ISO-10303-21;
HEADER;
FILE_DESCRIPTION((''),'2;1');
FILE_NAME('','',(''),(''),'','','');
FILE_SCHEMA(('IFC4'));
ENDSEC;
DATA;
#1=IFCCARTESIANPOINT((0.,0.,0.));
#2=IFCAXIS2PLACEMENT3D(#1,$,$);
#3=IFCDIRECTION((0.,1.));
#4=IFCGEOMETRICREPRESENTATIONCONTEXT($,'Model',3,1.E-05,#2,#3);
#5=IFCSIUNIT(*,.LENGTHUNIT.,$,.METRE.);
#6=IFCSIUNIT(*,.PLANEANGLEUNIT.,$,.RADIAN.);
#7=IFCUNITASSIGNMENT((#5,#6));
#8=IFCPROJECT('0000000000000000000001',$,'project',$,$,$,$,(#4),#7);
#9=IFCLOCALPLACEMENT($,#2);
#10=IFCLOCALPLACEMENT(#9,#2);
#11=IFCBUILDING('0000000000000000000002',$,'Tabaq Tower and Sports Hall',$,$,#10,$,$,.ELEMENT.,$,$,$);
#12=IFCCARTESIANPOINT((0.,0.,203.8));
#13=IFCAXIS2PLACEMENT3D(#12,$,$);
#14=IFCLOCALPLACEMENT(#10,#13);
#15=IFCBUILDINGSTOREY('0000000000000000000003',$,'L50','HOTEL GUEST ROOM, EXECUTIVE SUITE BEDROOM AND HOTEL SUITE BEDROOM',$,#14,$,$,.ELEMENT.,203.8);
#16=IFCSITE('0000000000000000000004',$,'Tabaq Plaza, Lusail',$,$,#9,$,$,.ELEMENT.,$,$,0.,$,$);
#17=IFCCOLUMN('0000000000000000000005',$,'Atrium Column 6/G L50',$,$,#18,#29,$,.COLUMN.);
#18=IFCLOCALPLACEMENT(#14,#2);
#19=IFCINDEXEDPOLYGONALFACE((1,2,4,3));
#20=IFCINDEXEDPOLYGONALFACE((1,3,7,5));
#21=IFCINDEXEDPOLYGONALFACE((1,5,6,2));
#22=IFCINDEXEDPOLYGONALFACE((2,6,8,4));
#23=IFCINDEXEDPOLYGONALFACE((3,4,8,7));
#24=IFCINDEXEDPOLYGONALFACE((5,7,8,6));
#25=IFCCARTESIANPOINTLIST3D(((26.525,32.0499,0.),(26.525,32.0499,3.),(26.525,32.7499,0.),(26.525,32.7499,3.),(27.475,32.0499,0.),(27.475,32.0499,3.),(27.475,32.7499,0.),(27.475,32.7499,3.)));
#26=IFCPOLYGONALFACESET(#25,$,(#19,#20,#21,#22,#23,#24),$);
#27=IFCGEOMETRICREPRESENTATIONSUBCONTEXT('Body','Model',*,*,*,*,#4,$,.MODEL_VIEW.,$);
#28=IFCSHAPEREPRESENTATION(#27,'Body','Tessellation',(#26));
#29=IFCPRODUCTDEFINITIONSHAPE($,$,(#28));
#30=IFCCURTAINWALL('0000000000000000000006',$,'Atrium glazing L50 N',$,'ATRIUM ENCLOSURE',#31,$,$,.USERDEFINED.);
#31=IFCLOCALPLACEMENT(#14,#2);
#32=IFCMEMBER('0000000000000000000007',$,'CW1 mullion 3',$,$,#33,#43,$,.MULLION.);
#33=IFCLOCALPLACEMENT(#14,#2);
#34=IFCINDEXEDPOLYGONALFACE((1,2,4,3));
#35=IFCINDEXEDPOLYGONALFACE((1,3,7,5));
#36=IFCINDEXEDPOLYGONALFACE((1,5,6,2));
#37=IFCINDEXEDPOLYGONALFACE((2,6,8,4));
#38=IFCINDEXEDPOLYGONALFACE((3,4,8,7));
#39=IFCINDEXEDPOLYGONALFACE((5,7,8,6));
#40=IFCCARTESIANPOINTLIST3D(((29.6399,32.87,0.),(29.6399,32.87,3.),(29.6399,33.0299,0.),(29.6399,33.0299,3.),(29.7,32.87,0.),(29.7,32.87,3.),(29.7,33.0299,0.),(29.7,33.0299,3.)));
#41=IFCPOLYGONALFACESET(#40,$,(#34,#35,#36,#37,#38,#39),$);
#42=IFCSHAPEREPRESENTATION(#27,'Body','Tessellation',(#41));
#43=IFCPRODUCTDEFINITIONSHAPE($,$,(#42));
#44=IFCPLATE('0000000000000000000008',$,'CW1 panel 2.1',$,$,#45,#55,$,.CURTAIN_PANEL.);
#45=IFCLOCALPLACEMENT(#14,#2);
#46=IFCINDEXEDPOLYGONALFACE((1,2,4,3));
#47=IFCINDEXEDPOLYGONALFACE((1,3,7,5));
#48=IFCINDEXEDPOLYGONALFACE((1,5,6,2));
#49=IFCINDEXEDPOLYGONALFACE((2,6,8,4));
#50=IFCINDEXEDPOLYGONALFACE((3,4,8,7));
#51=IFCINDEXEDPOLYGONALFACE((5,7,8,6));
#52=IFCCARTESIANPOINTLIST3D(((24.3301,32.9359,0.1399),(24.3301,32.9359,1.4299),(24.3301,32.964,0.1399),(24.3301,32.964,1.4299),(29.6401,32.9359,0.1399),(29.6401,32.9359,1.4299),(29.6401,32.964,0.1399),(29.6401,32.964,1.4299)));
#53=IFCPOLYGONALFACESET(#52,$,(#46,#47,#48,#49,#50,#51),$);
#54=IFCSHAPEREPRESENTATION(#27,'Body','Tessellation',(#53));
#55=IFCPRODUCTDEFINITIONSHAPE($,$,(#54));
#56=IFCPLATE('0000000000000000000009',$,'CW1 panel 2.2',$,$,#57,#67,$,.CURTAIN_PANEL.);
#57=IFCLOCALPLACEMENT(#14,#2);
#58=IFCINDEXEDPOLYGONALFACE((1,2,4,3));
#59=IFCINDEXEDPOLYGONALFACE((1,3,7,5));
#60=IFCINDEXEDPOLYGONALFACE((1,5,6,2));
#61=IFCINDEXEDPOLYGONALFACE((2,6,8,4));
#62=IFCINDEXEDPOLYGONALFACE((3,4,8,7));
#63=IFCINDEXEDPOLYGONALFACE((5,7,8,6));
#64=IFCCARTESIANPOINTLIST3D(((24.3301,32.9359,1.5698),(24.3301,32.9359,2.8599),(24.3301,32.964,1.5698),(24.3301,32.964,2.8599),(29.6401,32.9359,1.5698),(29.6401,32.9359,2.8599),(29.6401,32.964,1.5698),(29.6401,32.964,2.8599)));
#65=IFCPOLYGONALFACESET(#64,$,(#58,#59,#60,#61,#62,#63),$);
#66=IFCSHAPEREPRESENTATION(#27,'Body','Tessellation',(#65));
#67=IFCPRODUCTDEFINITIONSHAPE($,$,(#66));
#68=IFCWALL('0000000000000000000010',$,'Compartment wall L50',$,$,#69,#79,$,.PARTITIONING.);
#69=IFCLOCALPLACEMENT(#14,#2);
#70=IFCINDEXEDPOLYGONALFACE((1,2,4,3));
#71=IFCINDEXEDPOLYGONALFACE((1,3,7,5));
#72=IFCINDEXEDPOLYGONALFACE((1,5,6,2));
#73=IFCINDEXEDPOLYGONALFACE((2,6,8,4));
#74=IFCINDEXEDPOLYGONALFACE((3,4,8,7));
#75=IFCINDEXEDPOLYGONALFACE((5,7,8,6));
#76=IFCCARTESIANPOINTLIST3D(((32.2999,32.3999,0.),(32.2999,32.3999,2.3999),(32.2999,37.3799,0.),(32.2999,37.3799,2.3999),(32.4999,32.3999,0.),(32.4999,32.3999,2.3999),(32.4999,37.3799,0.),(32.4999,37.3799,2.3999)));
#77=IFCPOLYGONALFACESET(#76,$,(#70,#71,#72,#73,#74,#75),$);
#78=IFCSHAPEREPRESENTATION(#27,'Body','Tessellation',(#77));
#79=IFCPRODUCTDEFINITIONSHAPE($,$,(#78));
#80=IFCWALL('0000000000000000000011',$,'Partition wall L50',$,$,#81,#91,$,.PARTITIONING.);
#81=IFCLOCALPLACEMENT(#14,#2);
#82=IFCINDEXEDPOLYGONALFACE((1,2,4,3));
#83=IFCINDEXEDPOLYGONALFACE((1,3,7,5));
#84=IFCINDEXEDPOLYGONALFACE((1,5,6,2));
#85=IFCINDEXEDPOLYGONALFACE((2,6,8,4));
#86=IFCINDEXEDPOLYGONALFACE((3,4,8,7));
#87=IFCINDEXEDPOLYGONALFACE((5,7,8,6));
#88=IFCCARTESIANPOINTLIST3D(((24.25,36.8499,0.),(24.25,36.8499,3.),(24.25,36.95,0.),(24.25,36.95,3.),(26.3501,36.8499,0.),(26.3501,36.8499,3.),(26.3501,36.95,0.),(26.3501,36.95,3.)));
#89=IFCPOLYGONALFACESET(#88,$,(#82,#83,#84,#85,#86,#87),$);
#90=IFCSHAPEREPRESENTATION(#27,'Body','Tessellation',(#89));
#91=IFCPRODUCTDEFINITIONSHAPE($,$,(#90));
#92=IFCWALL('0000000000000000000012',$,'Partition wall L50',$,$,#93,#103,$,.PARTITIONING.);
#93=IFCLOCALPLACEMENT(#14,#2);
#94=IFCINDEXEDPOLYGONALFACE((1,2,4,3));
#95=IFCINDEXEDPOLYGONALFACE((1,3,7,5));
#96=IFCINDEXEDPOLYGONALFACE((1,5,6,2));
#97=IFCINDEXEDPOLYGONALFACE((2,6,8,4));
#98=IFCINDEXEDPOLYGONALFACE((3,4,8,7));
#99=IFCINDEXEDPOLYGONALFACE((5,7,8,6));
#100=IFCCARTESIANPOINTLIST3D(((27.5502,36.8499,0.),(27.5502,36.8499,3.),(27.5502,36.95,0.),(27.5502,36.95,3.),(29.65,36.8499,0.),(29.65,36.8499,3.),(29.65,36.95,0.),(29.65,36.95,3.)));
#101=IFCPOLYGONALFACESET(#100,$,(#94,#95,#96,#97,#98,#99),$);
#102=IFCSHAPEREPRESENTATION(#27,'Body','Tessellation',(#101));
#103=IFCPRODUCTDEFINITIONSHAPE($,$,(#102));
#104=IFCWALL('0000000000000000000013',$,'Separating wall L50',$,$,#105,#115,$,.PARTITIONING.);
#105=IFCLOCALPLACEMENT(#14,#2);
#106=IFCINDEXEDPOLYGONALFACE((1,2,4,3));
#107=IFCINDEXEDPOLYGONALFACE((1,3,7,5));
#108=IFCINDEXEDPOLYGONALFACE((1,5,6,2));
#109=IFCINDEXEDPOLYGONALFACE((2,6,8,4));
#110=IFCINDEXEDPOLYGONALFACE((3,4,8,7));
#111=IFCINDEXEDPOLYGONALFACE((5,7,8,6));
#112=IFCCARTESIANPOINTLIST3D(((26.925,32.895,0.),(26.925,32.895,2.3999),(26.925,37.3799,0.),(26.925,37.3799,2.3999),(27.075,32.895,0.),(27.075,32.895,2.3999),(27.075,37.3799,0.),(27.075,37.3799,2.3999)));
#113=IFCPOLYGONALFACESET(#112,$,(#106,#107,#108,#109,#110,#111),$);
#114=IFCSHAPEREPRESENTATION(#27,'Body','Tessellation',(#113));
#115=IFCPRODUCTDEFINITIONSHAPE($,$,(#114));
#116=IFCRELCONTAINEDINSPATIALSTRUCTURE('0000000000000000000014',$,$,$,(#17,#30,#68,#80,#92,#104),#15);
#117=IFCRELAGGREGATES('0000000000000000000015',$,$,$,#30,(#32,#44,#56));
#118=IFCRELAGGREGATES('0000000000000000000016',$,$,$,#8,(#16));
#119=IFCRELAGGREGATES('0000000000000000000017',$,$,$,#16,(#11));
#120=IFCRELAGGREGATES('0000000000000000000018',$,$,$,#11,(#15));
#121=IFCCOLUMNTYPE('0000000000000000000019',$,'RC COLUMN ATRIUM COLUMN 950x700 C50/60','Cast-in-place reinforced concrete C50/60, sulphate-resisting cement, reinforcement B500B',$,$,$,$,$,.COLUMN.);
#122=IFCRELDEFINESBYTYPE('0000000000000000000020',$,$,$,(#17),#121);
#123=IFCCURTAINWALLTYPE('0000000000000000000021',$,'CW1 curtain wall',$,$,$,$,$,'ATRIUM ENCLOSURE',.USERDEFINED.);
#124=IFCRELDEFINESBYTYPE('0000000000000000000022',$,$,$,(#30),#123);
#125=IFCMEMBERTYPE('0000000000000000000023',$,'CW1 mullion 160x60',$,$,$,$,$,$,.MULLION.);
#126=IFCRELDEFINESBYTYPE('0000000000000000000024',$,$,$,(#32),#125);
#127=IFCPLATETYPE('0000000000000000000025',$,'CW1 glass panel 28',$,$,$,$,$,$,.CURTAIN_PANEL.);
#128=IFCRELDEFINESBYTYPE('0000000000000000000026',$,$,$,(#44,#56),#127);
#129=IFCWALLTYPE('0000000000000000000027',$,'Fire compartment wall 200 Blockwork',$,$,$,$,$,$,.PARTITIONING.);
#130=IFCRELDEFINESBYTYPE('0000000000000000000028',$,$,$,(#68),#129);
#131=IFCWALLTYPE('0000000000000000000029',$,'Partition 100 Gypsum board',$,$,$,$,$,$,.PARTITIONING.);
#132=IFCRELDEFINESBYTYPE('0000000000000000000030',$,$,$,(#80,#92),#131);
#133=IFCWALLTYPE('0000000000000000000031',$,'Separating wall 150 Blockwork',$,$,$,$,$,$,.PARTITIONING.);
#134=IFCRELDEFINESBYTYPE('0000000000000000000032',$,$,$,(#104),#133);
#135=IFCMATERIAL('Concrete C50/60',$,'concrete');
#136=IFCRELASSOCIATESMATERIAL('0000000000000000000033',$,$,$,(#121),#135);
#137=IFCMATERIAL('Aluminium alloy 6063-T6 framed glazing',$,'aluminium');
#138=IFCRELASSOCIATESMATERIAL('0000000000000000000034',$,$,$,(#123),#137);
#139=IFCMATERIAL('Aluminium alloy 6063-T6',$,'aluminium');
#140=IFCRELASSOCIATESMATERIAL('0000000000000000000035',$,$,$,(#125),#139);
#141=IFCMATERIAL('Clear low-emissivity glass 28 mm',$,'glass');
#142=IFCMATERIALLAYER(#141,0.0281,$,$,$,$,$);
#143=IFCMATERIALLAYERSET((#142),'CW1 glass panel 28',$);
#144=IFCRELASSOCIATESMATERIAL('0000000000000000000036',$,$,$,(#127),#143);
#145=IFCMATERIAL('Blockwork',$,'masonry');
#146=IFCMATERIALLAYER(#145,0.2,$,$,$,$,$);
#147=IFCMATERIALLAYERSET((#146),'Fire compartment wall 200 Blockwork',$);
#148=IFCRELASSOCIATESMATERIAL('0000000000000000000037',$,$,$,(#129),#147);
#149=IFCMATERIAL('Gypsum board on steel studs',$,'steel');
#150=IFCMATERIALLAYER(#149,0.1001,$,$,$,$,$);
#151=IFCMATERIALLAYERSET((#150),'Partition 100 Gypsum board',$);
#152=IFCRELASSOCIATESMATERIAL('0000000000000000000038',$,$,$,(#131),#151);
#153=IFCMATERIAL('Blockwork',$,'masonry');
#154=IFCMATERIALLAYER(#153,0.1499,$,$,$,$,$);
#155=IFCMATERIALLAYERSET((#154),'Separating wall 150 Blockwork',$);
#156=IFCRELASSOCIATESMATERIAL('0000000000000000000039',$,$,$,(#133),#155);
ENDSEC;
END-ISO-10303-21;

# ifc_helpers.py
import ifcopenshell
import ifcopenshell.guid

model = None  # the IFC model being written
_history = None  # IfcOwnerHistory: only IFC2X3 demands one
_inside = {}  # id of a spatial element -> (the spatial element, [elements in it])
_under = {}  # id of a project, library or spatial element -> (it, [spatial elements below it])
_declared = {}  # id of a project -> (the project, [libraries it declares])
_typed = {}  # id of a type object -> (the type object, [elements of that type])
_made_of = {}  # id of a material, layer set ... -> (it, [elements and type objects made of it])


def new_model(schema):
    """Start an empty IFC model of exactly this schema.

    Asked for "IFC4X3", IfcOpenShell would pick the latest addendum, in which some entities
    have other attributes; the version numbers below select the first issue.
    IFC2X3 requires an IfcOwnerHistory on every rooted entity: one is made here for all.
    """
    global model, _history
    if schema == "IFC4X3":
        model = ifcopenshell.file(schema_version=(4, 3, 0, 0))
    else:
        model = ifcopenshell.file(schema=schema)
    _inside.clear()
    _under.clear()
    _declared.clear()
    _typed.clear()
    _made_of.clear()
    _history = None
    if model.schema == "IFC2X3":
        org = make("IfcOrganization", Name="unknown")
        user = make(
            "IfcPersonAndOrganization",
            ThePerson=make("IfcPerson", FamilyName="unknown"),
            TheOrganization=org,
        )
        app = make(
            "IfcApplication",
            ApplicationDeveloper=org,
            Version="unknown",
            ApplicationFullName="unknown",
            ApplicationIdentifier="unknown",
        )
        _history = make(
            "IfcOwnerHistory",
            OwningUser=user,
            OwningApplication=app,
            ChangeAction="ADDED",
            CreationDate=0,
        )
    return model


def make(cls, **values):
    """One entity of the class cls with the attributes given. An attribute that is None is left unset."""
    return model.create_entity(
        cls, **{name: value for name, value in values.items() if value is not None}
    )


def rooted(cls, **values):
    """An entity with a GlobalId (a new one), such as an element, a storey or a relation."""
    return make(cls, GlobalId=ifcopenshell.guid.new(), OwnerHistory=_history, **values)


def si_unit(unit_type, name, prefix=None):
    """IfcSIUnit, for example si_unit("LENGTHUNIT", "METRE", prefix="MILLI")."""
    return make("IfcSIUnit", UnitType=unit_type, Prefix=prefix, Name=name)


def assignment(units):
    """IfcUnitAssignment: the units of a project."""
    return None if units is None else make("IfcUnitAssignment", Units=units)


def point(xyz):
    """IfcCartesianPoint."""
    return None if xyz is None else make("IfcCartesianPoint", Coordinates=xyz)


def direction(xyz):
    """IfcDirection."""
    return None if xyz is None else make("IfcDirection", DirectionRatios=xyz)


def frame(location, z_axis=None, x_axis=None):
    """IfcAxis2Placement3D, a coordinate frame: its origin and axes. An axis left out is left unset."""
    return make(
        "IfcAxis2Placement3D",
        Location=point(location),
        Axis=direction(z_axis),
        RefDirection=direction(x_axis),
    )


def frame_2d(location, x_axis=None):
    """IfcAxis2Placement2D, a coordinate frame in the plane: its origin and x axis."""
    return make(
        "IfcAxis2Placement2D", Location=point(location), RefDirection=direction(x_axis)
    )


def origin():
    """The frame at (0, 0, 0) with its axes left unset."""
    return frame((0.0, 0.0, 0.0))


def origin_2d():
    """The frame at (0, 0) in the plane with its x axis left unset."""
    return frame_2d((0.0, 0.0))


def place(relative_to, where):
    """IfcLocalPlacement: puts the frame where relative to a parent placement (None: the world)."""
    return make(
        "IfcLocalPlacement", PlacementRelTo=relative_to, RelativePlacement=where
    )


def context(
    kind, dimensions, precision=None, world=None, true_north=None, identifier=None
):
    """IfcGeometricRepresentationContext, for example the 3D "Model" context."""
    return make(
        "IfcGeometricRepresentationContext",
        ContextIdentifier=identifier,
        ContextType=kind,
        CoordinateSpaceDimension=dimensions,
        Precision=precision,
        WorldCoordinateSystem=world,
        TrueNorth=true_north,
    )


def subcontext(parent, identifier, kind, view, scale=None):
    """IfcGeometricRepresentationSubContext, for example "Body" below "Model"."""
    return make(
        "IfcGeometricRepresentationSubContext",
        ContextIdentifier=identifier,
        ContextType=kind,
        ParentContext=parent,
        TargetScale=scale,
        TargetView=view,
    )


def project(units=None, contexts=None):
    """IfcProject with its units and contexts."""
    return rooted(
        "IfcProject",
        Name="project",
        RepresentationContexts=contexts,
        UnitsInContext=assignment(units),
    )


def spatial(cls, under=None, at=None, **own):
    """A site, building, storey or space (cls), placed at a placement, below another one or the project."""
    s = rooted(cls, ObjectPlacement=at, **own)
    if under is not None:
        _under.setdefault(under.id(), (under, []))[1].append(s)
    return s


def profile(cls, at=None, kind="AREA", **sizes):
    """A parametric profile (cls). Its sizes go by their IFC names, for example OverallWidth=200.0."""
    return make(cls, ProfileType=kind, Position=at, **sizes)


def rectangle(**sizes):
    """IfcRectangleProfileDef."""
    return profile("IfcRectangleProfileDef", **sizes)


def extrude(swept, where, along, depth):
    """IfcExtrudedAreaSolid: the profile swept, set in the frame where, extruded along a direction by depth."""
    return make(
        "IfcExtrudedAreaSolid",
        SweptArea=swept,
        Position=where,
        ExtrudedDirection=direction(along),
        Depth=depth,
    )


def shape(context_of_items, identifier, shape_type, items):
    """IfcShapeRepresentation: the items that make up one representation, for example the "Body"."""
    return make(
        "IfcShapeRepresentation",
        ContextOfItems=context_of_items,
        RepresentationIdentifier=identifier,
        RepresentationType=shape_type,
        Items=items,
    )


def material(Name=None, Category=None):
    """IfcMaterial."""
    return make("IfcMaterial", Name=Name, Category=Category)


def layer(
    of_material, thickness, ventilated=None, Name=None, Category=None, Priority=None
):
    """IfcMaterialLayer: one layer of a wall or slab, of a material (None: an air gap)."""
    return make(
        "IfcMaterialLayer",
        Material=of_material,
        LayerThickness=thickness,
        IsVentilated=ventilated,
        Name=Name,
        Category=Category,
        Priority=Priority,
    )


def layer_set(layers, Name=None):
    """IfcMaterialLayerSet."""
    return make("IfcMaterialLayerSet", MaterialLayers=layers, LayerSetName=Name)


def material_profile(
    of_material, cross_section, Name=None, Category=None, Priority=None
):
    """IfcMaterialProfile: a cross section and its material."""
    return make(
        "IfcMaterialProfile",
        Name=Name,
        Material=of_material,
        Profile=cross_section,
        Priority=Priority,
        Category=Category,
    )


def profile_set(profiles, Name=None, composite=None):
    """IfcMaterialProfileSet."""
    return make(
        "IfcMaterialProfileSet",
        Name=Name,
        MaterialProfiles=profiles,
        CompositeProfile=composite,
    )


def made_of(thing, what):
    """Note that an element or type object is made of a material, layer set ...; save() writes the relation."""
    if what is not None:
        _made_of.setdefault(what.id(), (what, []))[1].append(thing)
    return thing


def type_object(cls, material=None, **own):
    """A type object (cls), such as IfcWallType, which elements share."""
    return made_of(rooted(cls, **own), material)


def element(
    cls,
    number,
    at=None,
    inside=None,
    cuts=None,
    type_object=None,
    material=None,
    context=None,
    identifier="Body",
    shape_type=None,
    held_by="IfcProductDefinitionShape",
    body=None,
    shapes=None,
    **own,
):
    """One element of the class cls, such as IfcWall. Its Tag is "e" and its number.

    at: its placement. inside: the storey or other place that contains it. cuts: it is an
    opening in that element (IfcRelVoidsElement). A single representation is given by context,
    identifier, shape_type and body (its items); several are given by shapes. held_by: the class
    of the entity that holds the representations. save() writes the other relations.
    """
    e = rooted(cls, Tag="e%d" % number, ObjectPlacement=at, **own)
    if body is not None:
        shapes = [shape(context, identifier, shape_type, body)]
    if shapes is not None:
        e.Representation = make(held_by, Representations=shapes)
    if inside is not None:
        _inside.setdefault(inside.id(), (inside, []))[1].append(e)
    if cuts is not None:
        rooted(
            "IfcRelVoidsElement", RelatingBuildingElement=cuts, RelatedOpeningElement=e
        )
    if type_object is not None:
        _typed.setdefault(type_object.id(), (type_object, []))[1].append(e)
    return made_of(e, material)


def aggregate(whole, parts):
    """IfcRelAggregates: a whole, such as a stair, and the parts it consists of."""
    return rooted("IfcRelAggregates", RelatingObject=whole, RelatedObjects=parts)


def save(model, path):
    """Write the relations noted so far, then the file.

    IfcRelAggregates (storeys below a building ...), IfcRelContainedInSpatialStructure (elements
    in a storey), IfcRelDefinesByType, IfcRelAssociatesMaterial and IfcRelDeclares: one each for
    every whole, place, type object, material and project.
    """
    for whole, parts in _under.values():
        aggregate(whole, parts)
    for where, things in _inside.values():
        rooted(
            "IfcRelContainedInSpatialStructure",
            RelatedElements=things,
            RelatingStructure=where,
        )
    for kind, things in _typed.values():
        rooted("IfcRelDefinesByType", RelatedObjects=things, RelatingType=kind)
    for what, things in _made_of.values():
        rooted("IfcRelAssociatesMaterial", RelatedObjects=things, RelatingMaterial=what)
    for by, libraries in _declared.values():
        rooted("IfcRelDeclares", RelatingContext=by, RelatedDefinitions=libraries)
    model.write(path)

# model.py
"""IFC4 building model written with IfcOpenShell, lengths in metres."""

from ifc_helpers import new_model, si_unit, direction, frame, frame_2d, origin, origin_2d, place, context, subcontext, project, spatial, rectangle, extrude, material, layer, layer_set, material_profile, profile_set, type_object, element, aggregate, save


model = new_model("IFC4")

# Units and contexts
model_context = context("Model", 3, precision=1e-05, world=origin(), true_north=direction((0.0, 1.0)))
body_context = subcontext(model_context, "Body", "Model", "MODEL_VIEW")
ifc_project = project(units=[si_unit("LENGTHUNIT", "METRE"), si_unit("PLANEANGLEUNIT", "RADIAN")], contexts=[model_context])

# Site, building, storey
site_placement = place(None, origin())
site = spatial("IfcSite", under=ifc_project, at=site_placement, Name="Tabaq Plaza, Lusail", CompositionType="ELEMENT", RefElevation=0.0)
building_placement = place(site_placement, origin())
building = spatial("IfcBuilding", under=site, at=building_placement, Name="Tabaq Tower and Sports Hall", CompositionType="ELEMENT")
storey_placement = place(building_placement, frame((0.0, 0.0, 203.8)))
storey = spatial("IfcBuildingStorey", under=building, at=storey_placement, Name="L50", Description="HOTEL GUEST ROOM, EXECUTIVE SUITE BEDROOM AND HOTEL SUITE BEDROOM", CompositionType="ELEMENT", Elevation=203.8)

# Column
ifc_material_1 = material(Name="Concrete C50/60", Category="concrete")
ifc_material_profile_1 = material_profile(ifc_material_1, rectangle(XDim=0.95, YDim=0.7, at=origin_2d()), Name="ATRIUM COLUMN 950x700")
ifc_profile_set_1 = profile_set([ifc_material_profile_1], Name="Concrete C50/60")
column_type = type_object("IfcColumnType", Name="RC COLUMN ATRIUM COLUMN 950x700 C50/60", Description="Cast-in-place reinforced concrete C50/60, sulphate-resisting cement, reinforcement B500B", PredefinedType="COLUMN", material=ifc_profile_set_1)
column_placement = place(storey_placement, frame((27.0, 32.3999, 0.0), z_axis=(0.0, 0.0, 1.0), x_axis=(1.0, 0.0, 0.0)))
element("IfcColumn", 1, at=column_placement, inside=storey, type_object=column_type, Name="Atrium Column 6/G L50", PredefinedType="COLUMN", context=body_context, shape_type="SweptSolid", body=[
    extrude(rectangle(XDim=0.95, YDim=0.7, at=origin_2d()), origin(), (0.0, 0.0, 1.0), 3.0),
])

# Curtain wall, member, plates
ifc_material_2 = material(Name="Aluminium alloy 6063-T6 framed glazing", Category="aluminium")
curtain_wall_type = type_object("IfcCurtainWallType", Name="CW1 curtain wall", ElementType="ATRIUM ENCLOSURE", PredefinedType="USERDEFINED", material=ifc_material_2)
curtain_wall_placement = place(storey_placement, origin())
curtain_wall = element("IfcCurtainWall", 2, at=curtain_wall_placement, inside=storey, type_object=curtain_wall_type, Name="Atrium glazing L50 N", ObjectType="ATRIUM ENCLOSURE", PredefinedType="USERDEFINED")
ifc_material_3 = material(Name="Aluminium alloy 6063-T6", Category="aluminium")
ifc_material_profile_2 = material_profile(ifc_material_3, rectangle(XDim=0.1599, YDim=0.0601, at=origin_2d()), Name="MULLION 160x60")
ifc_profile_set_2 = profile_set([ifc_material_profile_2], Name="Aluminium alloy 6063-T6")
member_type = type_object("IfcMemberType", Name="CW1 mullion 160x60", PredefinedType="MULLION", material=ifc_profile_set_2)
member_placement = place(storey_placement, frame((29.6699, 32.95, 0.0), z_axis=(0.0, 0.0, 1.0), x_axis=(0.0, 1.0, 0.0)))
member = element("IfcMember", 3, at=member_placement, type_object=member_type, Name="CW1 mullion 3", PredefinedType="MULLION", context=body_context, shape_type="SweptSolid", body=[
    extrude(rectangle(XDim=0.1599, YDim=0.0601, at=origin_2d()), origin(), (0.0, 0.0, 1.0), 3.0),
])
ifc_material_4 = material(Name="Clear low-emissivity glass 28 mm", Category="glass")
ifc_layer_1 = layer(ifc_material_4, 0.0281)
ifc_layer_set_1 = layer_set([ifc_layer_1], Name="CW1 glass panel 28")
plate_type = type_object("IfcPlateType", Name="CW1 glass panel 28", PredefinedType="CURTAIN_PANEL", material=ifc_layer_set_1)
plate_1_placement = place(storey_placement, frame((26.9851, 32.95, 0.1399), z_axis=(0.0, 0.0, 1.0), x_axis=(1.0, 0.0, 0.0)))
plate_1 = element("IfcPlate", 4, at=plate_1_placement, type_object=plate_type, Name="CW1 panel 2.1", PredefinedType="CURTAIN_PANEL", context=body_context, shape_type="SweptSolid", body=[
    extrude(rectangle(XDim=5.3101, YDim=0.0281, at=origin_2d()), origin(), (0.0, 0.0, 1.0), 1.29),
])
plate_2_placement = place(storey_placement, frame((26.9851, 32.95, 1.5698), z_axis=(0.0, 0.0, 1.0), x_axis=(1.0, 0.0, 0.0)))
plate_2 = element("IfcPlate", 5, at=plate_2_placement, type_object=plate_type, Name="CW1 panel 2.2", PredefinedType="CURTAIN_PANEL", context=body_context, shape_type="SweptSolid", body=[
    extrude(rectangle(XDim=5.3101, YDim=0.0281, at=origin_2d()), origin(), (0.0, 0.0, 1.0), 1.29),
])
aggregate(curtain_wall, [member, plate_1, plate_2])

# Walls
ifc_material_5 = material(Name="Blockwork", Category="masonry")
ifc_layer_2 = layer(ifc_material_5, 0.2)
ifc_layer_set_2 = layer_set([ifc_layer_2], Name="Fire compartment wall 200 Blockwork")
wall_type_1 = type_object("IfcWallType", Name="Fire compartment wall 200 Blockwork", PredefinedType="PARTITIONING", material=ifc_layer_set_2)
wall_1_placement = place(storey_placement, frame((32.3999, 32.3999, 0.0), z_axis=(0.0, 0.0, 1.0), x_axis=(0.0, 1.0, 0.0)))
element("IfcWall", 6, at=wall_1_placement, inside=storey, type_object=wall_type_1, Name="Compartment wall L50", PredefinedType="PARTITIONING", context=body_context, shape_type="SweptSolid", body=[
    extrude(rectangle(XDim=4.98, YDim=0.2, at=frame_2d((2.49, 0.0))), origin(), (0.0, 0.0, 1.0), 2.3999),
])
ifc_material_6 = material(Name="Gypsum board on steel studs", Category="steel")
ifc_layer_3 = layer(ifc_material_6, 0.1001)
ifc_layer_set_3 = layer_set([ifc_layer_3], Name="Partition 100 Gypsum board")
wall_type_2 = type_object("IfcWallType", Name="Partition 100 Gypsum board", PredefinedType="PARTITIONING", material=ifc_layer_set_3)
wall_2_placement = place(storey_placement, frame((26.3501, 36.8999, 0.0), z_axis=(0.0, 0.0, 1.0), x_axis=(-1.0, 0.0, 0.0)))
element("IfcWall", 7, at=wall_2_placement, inside=storey, type_object=wall_type_2, Name="Partition wall L50", PredefinedType="PARTITIONING", context=body_context, shape_type="SweptSolid", body=[
    extrude(rectangle(XDim=2.1001, YDim=0.1001, at=frame_2d((1.05, 0.0))), origin(), (0.0, 0.0, 1.0), 3.0),
])
wall_3_placement = place(storey_placement, frame((29.6499, 36.8999, 0.0), z_axis=(0.0, 0.0, 1.0), x_axis=(-1.0, 0.0, 0.0)))
element("IfcWall", 8, at=wall_3_placement, inside=storey, type_object=wall_type_2, Name="Partition wall L50", PredefinedType="PARTITIONING", context=body_context, shape_type="SweptSolid", body=[
    extrude(rectangle(XDim=2.0999, YDim=0.1001, at=frame_2d((1.0498, 0.0))), origin(), (0.0, 0.0, 1.0), 3.0),
])
ifc_material_7 = material(Name="Blockwork", Category="masonry")
ifc_layer_4 = layer(ifc_material_7, 0.1499)
ifc_layer_set_4 = layer_set([ifc_layer_4], Name="Separating wall 150 Blockwork")
wall_type_3 = type_object("IfcWallType", Name="Separating wall 150 Blockwork", PredefinedType="PARTITIONING", material=ifc_layer_set_4)
wall_4_placement = place(storey_placement, frame((27.0, 32.895, 0.0), z_axis=(0.0, 0.0, 1.0), x_axis=(0.0, 1.0, 0.0)))
element("IfcWall", 9, at=wall_4_placement, inside=storey, type_object=wall_type_3, Name="Separating wall L50", PredefinedType="PARTITIONING", context=body_context, shape_type="SweptSolid", body=[
    extrude(rectangle(XDim=4.4849, YDim=0.1499, at=frame_2d((2.2424, 0.0))), origin(), (0.0, 0.0, 1.0), 2.3999),
])

save(model, "model.ifc")
